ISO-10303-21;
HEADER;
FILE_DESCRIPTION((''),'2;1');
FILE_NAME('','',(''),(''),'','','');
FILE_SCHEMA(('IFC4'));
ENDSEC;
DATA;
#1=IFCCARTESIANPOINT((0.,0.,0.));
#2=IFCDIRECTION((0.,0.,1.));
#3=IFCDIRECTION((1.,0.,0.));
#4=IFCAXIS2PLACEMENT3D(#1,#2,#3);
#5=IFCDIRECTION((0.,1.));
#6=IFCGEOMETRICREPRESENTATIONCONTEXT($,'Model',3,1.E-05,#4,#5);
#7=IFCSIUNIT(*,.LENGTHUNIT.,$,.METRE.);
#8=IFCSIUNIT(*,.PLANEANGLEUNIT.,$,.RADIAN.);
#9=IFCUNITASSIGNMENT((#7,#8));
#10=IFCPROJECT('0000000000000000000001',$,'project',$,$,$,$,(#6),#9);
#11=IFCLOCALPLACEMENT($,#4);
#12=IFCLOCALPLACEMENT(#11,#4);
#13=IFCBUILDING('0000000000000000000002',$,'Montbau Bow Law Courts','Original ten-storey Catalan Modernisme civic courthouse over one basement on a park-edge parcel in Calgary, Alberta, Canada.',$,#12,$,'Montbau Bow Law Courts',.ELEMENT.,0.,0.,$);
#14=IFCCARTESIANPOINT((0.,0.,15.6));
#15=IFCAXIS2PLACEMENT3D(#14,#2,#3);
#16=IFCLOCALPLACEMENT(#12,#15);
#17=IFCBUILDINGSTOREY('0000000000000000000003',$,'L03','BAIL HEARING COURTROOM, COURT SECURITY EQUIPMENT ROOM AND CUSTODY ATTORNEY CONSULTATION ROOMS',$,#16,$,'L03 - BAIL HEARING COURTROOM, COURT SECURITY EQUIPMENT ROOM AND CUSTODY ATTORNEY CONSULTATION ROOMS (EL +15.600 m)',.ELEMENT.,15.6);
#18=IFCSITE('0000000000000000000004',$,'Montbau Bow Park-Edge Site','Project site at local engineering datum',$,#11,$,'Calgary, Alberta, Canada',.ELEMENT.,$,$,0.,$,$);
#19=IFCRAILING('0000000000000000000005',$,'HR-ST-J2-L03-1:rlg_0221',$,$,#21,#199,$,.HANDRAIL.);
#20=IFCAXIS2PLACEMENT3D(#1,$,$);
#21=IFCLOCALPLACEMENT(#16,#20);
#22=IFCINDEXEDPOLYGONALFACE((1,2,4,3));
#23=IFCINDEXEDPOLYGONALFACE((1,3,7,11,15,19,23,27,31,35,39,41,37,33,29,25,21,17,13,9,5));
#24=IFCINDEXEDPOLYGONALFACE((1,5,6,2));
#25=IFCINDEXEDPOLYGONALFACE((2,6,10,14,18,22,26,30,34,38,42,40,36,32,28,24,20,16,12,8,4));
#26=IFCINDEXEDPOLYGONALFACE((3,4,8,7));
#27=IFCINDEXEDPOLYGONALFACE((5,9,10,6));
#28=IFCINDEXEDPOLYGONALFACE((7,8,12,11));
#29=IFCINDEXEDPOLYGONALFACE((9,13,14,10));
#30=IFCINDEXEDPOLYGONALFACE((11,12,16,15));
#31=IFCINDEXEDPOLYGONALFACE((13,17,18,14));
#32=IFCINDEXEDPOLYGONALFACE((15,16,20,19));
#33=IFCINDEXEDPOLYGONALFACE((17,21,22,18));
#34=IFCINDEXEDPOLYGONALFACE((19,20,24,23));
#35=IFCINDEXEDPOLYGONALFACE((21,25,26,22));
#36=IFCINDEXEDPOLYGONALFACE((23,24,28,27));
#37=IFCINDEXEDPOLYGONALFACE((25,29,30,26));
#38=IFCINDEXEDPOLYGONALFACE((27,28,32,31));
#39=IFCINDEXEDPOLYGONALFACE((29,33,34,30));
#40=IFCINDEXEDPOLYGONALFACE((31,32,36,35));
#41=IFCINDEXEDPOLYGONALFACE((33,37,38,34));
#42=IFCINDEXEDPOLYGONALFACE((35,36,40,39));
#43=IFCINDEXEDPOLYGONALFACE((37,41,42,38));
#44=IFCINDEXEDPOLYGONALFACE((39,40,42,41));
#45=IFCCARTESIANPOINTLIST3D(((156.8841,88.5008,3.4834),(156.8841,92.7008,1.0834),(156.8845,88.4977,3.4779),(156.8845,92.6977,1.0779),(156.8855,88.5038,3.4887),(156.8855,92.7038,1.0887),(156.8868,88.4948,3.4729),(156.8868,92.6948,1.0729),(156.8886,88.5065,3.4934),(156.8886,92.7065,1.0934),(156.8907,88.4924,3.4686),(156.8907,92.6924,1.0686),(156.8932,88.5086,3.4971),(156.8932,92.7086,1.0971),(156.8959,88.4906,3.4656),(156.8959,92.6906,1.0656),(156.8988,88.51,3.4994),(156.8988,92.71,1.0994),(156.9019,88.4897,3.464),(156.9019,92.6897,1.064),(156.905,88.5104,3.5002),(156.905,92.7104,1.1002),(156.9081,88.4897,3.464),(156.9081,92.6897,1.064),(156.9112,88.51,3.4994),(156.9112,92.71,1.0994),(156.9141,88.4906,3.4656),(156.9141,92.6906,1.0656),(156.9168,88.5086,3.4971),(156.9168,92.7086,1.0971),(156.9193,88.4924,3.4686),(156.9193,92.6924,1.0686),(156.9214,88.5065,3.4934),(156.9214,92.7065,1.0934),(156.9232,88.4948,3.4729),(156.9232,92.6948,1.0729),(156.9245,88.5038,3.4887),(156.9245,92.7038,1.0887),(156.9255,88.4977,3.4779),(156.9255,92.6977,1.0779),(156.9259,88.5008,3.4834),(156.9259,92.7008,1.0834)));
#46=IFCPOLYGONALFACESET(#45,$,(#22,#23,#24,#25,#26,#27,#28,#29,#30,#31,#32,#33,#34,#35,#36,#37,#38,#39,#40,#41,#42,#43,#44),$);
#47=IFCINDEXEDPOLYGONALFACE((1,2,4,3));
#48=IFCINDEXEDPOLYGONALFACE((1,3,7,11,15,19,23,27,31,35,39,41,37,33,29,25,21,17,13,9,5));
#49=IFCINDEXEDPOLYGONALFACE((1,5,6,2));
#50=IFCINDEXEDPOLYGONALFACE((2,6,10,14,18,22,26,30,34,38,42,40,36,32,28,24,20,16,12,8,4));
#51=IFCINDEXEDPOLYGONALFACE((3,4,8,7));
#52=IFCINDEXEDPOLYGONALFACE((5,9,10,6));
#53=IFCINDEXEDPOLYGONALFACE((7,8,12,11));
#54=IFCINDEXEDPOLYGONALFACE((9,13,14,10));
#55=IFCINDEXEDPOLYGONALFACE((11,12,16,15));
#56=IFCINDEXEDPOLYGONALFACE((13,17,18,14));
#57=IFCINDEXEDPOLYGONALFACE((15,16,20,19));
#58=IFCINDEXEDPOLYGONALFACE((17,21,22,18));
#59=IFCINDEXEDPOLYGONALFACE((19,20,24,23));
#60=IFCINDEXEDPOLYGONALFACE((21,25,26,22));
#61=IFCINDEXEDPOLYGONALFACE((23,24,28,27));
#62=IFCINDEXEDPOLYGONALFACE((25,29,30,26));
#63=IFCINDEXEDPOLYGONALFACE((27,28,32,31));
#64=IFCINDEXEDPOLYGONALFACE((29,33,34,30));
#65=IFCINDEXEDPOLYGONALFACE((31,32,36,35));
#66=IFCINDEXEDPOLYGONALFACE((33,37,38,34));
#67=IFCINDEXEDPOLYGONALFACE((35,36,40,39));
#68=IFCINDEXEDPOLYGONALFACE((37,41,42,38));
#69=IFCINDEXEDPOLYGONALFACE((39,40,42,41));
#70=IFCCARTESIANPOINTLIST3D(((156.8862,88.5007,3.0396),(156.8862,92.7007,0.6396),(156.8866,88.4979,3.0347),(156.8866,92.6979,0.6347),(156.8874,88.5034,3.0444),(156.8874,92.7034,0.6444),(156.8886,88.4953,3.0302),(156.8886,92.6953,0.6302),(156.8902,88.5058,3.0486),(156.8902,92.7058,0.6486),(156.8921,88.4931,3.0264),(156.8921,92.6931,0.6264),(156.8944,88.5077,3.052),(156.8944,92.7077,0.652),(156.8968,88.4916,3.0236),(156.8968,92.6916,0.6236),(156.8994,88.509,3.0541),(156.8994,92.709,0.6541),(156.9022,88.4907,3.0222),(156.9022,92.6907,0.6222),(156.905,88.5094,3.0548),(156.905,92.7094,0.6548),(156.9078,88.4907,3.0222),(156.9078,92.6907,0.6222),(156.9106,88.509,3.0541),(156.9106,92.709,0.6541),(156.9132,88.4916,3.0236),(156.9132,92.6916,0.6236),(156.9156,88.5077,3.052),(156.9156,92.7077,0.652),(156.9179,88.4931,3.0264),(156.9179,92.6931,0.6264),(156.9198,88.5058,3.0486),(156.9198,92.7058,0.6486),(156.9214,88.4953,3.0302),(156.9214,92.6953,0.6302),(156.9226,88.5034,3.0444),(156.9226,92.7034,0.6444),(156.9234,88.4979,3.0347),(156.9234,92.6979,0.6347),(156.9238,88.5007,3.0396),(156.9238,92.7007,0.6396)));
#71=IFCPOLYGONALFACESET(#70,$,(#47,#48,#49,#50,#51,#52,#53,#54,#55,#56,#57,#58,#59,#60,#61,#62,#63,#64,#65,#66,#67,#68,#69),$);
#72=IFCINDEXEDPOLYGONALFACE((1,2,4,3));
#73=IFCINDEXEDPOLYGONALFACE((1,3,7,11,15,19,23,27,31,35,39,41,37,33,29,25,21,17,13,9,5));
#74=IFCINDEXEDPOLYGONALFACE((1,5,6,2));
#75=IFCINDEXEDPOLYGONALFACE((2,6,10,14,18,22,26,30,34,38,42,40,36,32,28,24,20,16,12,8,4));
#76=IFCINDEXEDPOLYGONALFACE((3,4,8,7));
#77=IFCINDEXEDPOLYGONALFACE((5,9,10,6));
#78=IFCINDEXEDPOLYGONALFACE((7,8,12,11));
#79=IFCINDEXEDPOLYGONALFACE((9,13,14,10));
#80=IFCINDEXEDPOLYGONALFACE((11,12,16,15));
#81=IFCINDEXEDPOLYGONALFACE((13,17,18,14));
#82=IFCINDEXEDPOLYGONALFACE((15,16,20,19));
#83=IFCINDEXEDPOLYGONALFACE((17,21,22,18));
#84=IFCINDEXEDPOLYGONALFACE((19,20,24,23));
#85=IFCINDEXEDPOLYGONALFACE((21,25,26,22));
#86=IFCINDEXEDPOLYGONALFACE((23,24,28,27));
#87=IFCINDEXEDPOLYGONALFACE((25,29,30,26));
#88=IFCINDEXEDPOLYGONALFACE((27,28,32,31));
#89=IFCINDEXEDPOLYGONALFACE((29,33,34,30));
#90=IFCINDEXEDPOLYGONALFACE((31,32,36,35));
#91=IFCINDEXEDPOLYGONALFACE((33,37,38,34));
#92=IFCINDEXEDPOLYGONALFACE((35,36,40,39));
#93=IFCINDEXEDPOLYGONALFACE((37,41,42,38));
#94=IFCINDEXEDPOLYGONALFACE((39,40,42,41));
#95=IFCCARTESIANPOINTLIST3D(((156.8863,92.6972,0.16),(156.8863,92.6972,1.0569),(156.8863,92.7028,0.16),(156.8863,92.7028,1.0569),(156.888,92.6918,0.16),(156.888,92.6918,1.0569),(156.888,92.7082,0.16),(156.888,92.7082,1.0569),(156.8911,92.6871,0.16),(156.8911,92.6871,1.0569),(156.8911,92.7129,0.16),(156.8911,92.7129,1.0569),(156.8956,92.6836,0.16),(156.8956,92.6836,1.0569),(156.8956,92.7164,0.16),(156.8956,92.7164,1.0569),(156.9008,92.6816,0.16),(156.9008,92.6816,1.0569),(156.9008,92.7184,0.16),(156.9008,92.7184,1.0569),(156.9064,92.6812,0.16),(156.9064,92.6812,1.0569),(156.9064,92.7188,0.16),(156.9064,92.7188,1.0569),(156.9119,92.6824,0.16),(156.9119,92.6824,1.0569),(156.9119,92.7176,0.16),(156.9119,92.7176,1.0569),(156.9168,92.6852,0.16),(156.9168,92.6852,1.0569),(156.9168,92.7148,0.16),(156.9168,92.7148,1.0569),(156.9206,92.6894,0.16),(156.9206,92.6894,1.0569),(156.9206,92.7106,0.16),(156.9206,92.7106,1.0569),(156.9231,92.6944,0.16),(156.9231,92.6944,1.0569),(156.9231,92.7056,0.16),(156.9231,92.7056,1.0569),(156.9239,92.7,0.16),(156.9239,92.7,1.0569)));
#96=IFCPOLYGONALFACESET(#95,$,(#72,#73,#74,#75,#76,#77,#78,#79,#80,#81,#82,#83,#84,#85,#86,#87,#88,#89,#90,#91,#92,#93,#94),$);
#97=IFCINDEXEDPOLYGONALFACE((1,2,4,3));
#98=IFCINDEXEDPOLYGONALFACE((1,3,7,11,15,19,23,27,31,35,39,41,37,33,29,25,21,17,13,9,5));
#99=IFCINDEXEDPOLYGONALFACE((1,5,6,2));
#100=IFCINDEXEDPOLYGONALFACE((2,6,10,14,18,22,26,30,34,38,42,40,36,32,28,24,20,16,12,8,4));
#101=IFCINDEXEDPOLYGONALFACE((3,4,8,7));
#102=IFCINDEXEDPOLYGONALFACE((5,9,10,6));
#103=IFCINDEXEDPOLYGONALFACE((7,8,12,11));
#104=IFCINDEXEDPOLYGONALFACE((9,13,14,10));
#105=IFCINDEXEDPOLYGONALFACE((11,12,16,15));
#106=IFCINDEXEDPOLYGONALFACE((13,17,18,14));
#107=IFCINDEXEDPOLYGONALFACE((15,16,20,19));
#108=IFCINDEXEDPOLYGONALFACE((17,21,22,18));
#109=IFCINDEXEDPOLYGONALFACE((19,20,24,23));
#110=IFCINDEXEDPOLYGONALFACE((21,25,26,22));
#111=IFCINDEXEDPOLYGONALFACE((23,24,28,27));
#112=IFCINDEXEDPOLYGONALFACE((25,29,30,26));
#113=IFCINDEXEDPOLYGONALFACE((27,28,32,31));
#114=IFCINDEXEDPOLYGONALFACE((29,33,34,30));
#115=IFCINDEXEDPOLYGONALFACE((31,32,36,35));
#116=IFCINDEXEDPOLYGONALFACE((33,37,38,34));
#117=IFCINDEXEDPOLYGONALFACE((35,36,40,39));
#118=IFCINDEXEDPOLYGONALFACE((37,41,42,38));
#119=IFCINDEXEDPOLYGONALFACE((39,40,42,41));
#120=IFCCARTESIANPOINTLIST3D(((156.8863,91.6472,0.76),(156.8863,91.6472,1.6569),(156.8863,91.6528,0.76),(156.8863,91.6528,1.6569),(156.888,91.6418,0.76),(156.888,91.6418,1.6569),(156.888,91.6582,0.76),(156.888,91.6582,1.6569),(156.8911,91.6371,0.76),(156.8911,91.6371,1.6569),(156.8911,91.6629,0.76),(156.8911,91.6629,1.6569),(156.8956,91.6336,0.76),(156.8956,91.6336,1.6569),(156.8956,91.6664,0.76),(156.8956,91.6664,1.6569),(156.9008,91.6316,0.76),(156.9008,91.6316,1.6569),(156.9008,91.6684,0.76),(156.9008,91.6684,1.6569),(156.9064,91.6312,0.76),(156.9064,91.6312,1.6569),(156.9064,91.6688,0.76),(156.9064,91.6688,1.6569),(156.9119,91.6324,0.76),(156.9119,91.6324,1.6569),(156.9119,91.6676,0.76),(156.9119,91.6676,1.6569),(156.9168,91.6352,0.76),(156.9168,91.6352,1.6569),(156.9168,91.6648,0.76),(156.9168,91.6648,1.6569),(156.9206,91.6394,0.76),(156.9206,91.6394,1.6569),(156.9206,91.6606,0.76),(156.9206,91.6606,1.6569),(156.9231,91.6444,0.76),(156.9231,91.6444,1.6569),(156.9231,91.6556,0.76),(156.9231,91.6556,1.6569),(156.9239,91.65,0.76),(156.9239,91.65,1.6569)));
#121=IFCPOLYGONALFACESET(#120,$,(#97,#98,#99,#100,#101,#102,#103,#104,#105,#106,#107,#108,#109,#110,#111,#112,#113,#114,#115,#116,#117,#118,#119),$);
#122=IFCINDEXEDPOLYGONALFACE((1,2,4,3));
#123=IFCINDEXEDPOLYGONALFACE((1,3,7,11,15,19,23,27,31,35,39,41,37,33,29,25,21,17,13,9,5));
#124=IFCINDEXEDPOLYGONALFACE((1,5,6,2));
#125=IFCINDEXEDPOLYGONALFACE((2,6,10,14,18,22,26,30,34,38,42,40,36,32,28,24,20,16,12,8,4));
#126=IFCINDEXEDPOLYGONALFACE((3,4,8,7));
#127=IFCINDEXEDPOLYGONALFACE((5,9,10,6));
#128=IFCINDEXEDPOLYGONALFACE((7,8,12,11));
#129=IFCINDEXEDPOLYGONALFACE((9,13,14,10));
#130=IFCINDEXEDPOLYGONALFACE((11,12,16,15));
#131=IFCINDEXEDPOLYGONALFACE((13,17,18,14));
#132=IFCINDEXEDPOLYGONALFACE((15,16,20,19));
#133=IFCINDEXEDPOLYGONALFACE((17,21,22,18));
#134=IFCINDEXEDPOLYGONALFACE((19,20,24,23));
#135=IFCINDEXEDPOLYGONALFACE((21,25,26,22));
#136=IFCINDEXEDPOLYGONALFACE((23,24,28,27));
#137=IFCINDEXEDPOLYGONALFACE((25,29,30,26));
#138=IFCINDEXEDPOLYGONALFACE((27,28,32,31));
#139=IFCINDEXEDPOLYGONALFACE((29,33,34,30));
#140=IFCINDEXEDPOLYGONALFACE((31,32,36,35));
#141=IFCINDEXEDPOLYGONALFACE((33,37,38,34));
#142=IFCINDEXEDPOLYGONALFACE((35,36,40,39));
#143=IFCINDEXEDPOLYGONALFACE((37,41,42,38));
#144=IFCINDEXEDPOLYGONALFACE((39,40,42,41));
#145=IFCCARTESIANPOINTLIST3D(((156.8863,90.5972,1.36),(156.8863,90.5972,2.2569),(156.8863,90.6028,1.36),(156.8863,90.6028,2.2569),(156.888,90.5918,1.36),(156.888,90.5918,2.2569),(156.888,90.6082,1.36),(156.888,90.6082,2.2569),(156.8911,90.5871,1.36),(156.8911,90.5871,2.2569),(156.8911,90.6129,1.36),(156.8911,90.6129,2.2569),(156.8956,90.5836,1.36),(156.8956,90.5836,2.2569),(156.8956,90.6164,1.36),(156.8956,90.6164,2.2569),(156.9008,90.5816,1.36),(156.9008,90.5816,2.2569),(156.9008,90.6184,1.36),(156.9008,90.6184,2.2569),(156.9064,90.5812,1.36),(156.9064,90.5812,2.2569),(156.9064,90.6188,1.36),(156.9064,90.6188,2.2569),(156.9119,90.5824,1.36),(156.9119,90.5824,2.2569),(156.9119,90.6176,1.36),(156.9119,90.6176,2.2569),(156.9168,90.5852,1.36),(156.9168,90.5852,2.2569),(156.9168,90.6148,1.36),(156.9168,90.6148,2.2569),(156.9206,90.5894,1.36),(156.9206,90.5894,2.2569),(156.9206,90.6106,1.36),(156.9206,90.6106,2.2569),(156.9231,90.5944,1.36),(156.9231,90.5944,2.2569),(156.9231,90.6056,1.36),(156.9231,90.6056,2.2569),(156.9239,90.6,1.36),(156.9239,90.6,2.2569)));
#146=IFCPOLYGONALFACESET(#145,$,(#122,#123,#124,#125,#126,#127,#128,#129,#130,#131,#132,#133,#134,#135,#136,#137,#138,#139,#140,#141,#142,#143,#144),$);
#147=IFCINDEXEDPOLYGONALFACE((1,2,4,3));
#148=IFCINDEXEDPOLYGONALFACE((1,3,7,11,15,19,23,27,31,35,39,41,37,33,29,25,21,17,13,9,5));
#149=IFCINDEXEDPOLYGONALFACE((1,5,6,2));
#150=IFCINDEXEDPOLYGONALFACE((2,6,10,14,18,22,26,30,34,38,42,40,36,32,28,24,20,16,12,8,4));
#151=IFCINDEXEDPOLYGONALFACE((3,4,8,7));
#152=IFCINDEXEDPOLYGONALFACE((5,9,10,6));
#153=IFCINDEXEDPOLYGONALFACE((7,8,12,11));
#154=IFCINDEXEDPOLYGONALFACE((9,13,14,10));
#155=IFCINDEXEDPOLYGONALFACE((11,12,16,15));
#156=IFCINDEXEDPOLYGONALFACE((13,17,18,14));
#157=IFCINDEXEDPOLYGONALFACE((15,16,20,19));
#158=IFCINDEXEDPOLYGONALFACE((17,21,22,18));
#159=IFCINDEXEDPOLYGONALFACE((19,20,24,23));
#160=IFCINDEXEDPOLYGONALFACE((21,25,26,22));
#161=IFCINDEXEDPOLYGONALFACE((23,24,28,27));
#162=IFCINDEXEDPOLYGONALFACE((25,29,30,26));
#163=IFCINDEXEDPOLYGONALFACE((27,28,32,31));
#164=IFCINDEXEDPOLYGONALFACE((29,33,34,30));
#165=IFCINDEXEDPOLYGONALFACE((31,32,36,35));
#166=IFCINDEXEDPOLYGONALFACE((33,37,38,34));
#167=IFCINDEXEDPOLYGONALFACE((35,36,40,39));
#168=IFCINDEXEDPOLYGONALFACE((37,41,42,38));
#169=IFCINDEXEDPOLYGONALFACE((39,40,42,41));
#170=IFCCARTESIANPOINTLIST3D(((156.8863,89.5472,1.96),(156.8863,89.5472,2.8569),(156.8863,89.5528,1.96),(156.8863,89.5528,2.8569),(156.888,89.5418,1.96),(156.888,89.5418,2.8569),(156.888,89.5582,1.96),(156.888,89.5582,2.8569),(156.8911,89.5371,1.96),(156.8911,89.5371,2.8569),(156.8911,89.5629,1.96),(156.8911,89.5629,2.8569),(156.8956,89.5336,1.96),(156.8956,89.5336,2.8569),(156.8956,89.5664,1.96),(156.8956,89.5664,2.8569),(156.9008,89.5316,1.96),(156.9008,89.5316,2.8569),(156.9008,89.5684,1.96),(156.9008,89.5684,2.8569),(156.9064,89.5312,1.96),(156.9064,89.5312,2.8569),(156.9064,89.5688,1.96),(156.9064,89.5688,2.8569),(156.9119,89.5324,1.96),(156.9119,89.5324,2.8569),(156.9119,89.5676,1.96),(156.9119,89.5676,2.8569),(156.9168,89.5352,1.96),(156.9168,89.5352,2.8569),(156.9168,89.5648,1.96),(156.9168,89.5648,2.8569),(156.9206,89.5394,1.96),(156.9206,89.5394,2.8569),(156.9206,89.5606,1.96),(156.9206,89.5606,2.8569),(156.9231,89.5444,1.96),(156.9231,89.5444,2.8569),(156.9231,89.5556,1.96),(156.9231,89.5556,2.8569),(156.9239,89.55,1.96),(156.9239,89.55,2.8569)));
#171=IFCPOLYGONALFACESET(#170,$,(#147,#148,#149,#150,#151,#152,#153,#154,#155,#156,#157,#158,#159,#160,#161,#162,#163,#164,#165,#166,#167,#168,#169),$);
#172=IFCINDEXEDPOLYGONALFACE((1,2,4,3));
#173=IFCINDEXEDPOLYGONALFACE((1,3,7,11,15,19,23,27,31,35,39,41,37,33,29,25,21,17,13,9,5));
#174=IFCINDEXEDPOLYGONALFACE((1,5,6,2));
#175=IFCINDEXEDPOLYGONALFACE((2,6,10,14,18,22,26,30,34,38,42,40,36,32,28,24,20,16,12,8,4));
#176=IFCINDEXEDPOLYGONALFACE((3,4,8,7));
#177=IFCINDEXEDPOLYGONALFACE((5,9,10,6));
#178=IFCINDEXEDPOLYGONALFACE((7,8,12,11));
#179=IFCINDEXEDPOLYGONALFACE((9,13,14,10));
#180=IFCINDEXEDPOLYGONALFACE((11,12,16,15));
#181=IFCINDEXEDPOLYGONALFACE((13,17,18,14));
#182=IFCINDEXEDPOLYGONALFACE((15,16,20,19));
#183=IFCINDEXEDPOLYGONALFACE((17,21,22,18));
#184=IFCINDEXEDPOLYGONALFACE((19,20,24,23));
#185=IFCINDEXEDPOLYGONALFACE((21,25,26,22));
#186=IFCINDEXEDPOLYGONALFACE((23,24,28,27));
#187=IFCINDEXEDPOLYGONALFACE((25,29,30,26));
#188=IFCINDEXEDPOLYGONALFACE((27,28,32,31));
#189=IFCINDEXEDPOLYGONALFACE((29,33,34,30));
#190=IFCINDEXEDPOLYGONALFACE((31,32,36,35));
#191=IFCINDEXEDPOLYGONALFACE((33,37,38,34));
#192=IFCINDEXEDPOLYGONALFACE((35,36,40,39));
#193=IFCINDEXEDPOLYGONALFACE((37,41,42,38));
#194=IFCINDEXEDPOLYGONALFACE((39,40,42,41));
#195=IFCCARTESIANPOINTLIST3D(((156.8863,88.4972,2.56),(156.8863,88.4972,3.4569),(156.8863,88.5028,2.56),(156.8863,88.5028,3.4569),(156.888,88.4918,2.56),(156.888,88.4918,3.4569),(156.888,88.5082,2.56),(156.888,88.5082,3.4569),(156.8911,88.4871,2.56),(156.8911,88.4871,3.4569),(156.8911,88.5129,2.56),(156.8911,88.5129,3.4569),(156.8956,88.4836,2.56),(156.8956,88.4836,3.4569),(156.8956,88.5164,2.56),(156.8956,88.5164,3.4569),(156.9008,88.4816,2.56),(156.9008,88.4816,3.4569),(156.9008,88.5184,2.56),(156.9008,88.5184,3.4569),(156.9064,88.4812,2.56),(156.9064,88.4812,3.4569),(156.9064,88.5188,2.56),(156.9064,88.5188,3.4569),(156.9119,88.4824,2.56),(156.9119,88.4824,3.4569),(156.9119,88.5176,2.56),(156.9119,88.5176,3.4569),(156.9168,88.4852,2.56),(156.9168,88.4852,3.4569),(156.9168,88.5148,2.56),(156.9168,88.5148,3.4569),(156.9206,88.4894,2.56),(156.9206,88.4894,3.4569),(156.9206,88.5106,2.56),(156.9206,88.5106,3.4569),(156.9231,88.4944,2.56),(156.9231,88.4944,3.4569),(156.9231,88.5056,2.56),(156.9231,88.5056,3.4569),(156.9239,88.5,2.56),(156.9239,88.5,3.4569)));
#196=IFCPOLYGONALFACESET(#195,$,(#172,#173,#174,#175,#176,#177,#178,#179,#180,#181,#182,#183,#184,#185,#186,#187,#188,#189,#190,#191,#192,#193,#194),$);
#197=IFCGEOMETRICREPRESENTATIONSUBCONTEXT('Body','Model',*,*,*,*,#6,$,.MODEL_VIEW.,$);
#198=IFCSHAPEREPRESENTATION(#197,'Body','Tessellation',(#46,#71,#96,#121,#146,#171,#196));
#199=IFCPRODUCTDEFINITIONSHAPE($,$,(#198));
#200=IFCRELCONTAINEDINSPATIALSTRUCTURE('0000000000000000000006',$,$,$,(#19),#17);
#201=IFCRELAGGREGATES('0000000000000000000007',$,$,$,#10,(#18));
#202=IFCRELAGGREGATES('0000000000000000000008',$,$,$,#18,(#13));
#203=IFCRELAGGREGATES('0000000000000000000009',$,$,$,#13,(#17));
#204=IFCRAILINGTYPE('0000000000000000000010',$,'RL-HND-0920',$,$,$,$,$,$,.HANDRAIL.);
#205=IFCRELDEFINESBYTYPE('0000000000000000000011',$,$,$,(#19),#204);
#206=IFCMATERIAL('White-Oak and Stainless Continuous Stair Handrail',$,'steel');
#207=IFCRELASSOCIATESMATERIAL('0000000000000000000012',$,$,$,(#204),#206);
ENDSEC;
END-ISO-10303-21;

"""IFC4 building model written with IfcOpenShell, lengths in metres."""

from ifc_helpers import new_model, si_unit, direction, frame, origin_with_axes, origin_2d_with_axis, place, context, subcontext, project, spatial, circle, extrude, material, type_object, element, save


model = new_model("IFC4")

# Units and contexts
model_context = context("Model", 3, precision=1e-05, world=origin_with_axes(), true_north=direction((0.0, 1.0)))
body_context = subcontext(model_context, "Body", "Model", "MODEL_VIEW")
ifc_project = project(units=[si_unit("LENGTHUNIT", "METRE"), si_unit("PLANEANGLEUNIT", "RADIAN")], contexts=[model_context])

# Site, building, storey
site_placement = place(None, origin_with_axes())
site = spatial("IfcSite", under=ifc_project, at=site_placement, Name="Montbau Bow Park-Edge Site", Description="Project site at local engineering datum", LongName="Calgary, Alberta, Canada", CompositionType="ELEMENT", RefElevation=0.0)
building_placement = place(site_placement, origin_with_axes())
building = spatial("IfcBuilding", under=site, at=building_placement, Name="Montbau Bow Law Courts", Description="Original ten-storey Catalan Modernisme civic courthouse over one basement on a park-edge parcel in Calgary, Alberta, Canada.", LongName="Montbau Bow Law Courts", CompositionType="ELEMENT", ElevationOfRefHeight=0.0, ElevationOfTerrain=0.0)
storey_placement = place(building_placement, frame((0.0, 0.0, 15.6), z_axis=(0.0, 0.0, 1.0), x_axis=(1.0, 0.0, 0.0)))
storey = spatial("IfcBuildingStorey", under=building, at=storey_placement, Name="L03", Description="BAIL HEARING COURTROOM, COURT SECURITY EQUIPMENT ROOM AND CUSTODY ATTORNEY CONSULTATION ROOMS", LongName="L03 - BAIL HEARING COURTROOM, COURT SECURITY EQUIPMENT ROOM AND CUSTODY ATTORNEY CONSULTATION ROOMS (EL +15.600 m)", CompositionType="ELEMENT", Elevation=15.6)

# Railing
ifc_material_1 = material(Name="White-Oak and Stainless Continuous Stair Handrail", Category="steel")
railing_type_1 = type_object("IfcRailingType", Name="RL-HND-0920", PredefinedType="HANDRAIL", material=ifc_material_1)
railing_1_placement = place(None, origin_with_axes())
element("IfcRailing", 1, at=railing_1_placement, inside=storey, type_object=railing_type_1, Name="HR-ST-J2-L03-1:rlg_0221", PredefinedType="HANDRAIL", context=body_context, shape_type="SweptSolid", body=[
    extrude(circle(Radius=0.021, at=origin_2d_with_axis()), frame((156.905, 92.7, 16.682), z_axis=(0.0, -0.868243, 0.496139), x_axis=(0.0, 0.496139, 0.868243)), (0.0, 0.0, 1.0), 4.8374),
    extrude(circle(Radius=0.0189, at=origin_2d_with_axis()), frame((156.905, 92.7, 16.2384), z_axis=(0.0, -0.868243, 0.496139), x_axis=(0.0, 0.496139, 0.868243)), (0.0, 0.0, 1.0), 4.8374),
    extrude(circle(Radius=0.0189, at=origin_2d_with_axis()), frame((156.905, 92.7, 15.76), z_axis=(0.0, 0.0, 1.0), x_axis=(1.0, 0.0, 0.0)), (0.0, 0.0, 1.0), 0.8969),
    extrude(circle(Radius=0.0189, at=origin_2d_with_axis()), frame((156.905, 91.65, 16.36), z_axis=(0.0, 0.0, 1.0), x_axis=(1.0, 0.0, 0.0)), (0.0, 0.0, 1.0), 0.8969),
    extrude(circle(Radius=0.0189, at=origin_2d_with_axis()), frame((156.905, 90.6, 16.96), z_axis=(0.0, 0.0, 1.0), x_axis=(1.0, 0.0, 0.0)), (0.0, 0.0, 1.0), 0.8969),
    extrude(circle(Radius=0.0189, at=origin_2d_with_axis()), frame((156.905, 89.55, 17.56), z_axis=(0.0, 0.0, 1.0), x_axis=(1.0, 0.0, 0.0)), (0.0, 0.0, 1.0), 0.8969),
    extrude(circle(Radius=0.0189, at=origin_2d_with_axis()), frame((156.905, 88.5, 18.16), z_axis=(0.0, 0.0, 1.0), x_axis=(1.0, 0.0, 0.0)), (0.0, 0.0, 1.0), 0.8969),
])

save(model, "model.ifc")
